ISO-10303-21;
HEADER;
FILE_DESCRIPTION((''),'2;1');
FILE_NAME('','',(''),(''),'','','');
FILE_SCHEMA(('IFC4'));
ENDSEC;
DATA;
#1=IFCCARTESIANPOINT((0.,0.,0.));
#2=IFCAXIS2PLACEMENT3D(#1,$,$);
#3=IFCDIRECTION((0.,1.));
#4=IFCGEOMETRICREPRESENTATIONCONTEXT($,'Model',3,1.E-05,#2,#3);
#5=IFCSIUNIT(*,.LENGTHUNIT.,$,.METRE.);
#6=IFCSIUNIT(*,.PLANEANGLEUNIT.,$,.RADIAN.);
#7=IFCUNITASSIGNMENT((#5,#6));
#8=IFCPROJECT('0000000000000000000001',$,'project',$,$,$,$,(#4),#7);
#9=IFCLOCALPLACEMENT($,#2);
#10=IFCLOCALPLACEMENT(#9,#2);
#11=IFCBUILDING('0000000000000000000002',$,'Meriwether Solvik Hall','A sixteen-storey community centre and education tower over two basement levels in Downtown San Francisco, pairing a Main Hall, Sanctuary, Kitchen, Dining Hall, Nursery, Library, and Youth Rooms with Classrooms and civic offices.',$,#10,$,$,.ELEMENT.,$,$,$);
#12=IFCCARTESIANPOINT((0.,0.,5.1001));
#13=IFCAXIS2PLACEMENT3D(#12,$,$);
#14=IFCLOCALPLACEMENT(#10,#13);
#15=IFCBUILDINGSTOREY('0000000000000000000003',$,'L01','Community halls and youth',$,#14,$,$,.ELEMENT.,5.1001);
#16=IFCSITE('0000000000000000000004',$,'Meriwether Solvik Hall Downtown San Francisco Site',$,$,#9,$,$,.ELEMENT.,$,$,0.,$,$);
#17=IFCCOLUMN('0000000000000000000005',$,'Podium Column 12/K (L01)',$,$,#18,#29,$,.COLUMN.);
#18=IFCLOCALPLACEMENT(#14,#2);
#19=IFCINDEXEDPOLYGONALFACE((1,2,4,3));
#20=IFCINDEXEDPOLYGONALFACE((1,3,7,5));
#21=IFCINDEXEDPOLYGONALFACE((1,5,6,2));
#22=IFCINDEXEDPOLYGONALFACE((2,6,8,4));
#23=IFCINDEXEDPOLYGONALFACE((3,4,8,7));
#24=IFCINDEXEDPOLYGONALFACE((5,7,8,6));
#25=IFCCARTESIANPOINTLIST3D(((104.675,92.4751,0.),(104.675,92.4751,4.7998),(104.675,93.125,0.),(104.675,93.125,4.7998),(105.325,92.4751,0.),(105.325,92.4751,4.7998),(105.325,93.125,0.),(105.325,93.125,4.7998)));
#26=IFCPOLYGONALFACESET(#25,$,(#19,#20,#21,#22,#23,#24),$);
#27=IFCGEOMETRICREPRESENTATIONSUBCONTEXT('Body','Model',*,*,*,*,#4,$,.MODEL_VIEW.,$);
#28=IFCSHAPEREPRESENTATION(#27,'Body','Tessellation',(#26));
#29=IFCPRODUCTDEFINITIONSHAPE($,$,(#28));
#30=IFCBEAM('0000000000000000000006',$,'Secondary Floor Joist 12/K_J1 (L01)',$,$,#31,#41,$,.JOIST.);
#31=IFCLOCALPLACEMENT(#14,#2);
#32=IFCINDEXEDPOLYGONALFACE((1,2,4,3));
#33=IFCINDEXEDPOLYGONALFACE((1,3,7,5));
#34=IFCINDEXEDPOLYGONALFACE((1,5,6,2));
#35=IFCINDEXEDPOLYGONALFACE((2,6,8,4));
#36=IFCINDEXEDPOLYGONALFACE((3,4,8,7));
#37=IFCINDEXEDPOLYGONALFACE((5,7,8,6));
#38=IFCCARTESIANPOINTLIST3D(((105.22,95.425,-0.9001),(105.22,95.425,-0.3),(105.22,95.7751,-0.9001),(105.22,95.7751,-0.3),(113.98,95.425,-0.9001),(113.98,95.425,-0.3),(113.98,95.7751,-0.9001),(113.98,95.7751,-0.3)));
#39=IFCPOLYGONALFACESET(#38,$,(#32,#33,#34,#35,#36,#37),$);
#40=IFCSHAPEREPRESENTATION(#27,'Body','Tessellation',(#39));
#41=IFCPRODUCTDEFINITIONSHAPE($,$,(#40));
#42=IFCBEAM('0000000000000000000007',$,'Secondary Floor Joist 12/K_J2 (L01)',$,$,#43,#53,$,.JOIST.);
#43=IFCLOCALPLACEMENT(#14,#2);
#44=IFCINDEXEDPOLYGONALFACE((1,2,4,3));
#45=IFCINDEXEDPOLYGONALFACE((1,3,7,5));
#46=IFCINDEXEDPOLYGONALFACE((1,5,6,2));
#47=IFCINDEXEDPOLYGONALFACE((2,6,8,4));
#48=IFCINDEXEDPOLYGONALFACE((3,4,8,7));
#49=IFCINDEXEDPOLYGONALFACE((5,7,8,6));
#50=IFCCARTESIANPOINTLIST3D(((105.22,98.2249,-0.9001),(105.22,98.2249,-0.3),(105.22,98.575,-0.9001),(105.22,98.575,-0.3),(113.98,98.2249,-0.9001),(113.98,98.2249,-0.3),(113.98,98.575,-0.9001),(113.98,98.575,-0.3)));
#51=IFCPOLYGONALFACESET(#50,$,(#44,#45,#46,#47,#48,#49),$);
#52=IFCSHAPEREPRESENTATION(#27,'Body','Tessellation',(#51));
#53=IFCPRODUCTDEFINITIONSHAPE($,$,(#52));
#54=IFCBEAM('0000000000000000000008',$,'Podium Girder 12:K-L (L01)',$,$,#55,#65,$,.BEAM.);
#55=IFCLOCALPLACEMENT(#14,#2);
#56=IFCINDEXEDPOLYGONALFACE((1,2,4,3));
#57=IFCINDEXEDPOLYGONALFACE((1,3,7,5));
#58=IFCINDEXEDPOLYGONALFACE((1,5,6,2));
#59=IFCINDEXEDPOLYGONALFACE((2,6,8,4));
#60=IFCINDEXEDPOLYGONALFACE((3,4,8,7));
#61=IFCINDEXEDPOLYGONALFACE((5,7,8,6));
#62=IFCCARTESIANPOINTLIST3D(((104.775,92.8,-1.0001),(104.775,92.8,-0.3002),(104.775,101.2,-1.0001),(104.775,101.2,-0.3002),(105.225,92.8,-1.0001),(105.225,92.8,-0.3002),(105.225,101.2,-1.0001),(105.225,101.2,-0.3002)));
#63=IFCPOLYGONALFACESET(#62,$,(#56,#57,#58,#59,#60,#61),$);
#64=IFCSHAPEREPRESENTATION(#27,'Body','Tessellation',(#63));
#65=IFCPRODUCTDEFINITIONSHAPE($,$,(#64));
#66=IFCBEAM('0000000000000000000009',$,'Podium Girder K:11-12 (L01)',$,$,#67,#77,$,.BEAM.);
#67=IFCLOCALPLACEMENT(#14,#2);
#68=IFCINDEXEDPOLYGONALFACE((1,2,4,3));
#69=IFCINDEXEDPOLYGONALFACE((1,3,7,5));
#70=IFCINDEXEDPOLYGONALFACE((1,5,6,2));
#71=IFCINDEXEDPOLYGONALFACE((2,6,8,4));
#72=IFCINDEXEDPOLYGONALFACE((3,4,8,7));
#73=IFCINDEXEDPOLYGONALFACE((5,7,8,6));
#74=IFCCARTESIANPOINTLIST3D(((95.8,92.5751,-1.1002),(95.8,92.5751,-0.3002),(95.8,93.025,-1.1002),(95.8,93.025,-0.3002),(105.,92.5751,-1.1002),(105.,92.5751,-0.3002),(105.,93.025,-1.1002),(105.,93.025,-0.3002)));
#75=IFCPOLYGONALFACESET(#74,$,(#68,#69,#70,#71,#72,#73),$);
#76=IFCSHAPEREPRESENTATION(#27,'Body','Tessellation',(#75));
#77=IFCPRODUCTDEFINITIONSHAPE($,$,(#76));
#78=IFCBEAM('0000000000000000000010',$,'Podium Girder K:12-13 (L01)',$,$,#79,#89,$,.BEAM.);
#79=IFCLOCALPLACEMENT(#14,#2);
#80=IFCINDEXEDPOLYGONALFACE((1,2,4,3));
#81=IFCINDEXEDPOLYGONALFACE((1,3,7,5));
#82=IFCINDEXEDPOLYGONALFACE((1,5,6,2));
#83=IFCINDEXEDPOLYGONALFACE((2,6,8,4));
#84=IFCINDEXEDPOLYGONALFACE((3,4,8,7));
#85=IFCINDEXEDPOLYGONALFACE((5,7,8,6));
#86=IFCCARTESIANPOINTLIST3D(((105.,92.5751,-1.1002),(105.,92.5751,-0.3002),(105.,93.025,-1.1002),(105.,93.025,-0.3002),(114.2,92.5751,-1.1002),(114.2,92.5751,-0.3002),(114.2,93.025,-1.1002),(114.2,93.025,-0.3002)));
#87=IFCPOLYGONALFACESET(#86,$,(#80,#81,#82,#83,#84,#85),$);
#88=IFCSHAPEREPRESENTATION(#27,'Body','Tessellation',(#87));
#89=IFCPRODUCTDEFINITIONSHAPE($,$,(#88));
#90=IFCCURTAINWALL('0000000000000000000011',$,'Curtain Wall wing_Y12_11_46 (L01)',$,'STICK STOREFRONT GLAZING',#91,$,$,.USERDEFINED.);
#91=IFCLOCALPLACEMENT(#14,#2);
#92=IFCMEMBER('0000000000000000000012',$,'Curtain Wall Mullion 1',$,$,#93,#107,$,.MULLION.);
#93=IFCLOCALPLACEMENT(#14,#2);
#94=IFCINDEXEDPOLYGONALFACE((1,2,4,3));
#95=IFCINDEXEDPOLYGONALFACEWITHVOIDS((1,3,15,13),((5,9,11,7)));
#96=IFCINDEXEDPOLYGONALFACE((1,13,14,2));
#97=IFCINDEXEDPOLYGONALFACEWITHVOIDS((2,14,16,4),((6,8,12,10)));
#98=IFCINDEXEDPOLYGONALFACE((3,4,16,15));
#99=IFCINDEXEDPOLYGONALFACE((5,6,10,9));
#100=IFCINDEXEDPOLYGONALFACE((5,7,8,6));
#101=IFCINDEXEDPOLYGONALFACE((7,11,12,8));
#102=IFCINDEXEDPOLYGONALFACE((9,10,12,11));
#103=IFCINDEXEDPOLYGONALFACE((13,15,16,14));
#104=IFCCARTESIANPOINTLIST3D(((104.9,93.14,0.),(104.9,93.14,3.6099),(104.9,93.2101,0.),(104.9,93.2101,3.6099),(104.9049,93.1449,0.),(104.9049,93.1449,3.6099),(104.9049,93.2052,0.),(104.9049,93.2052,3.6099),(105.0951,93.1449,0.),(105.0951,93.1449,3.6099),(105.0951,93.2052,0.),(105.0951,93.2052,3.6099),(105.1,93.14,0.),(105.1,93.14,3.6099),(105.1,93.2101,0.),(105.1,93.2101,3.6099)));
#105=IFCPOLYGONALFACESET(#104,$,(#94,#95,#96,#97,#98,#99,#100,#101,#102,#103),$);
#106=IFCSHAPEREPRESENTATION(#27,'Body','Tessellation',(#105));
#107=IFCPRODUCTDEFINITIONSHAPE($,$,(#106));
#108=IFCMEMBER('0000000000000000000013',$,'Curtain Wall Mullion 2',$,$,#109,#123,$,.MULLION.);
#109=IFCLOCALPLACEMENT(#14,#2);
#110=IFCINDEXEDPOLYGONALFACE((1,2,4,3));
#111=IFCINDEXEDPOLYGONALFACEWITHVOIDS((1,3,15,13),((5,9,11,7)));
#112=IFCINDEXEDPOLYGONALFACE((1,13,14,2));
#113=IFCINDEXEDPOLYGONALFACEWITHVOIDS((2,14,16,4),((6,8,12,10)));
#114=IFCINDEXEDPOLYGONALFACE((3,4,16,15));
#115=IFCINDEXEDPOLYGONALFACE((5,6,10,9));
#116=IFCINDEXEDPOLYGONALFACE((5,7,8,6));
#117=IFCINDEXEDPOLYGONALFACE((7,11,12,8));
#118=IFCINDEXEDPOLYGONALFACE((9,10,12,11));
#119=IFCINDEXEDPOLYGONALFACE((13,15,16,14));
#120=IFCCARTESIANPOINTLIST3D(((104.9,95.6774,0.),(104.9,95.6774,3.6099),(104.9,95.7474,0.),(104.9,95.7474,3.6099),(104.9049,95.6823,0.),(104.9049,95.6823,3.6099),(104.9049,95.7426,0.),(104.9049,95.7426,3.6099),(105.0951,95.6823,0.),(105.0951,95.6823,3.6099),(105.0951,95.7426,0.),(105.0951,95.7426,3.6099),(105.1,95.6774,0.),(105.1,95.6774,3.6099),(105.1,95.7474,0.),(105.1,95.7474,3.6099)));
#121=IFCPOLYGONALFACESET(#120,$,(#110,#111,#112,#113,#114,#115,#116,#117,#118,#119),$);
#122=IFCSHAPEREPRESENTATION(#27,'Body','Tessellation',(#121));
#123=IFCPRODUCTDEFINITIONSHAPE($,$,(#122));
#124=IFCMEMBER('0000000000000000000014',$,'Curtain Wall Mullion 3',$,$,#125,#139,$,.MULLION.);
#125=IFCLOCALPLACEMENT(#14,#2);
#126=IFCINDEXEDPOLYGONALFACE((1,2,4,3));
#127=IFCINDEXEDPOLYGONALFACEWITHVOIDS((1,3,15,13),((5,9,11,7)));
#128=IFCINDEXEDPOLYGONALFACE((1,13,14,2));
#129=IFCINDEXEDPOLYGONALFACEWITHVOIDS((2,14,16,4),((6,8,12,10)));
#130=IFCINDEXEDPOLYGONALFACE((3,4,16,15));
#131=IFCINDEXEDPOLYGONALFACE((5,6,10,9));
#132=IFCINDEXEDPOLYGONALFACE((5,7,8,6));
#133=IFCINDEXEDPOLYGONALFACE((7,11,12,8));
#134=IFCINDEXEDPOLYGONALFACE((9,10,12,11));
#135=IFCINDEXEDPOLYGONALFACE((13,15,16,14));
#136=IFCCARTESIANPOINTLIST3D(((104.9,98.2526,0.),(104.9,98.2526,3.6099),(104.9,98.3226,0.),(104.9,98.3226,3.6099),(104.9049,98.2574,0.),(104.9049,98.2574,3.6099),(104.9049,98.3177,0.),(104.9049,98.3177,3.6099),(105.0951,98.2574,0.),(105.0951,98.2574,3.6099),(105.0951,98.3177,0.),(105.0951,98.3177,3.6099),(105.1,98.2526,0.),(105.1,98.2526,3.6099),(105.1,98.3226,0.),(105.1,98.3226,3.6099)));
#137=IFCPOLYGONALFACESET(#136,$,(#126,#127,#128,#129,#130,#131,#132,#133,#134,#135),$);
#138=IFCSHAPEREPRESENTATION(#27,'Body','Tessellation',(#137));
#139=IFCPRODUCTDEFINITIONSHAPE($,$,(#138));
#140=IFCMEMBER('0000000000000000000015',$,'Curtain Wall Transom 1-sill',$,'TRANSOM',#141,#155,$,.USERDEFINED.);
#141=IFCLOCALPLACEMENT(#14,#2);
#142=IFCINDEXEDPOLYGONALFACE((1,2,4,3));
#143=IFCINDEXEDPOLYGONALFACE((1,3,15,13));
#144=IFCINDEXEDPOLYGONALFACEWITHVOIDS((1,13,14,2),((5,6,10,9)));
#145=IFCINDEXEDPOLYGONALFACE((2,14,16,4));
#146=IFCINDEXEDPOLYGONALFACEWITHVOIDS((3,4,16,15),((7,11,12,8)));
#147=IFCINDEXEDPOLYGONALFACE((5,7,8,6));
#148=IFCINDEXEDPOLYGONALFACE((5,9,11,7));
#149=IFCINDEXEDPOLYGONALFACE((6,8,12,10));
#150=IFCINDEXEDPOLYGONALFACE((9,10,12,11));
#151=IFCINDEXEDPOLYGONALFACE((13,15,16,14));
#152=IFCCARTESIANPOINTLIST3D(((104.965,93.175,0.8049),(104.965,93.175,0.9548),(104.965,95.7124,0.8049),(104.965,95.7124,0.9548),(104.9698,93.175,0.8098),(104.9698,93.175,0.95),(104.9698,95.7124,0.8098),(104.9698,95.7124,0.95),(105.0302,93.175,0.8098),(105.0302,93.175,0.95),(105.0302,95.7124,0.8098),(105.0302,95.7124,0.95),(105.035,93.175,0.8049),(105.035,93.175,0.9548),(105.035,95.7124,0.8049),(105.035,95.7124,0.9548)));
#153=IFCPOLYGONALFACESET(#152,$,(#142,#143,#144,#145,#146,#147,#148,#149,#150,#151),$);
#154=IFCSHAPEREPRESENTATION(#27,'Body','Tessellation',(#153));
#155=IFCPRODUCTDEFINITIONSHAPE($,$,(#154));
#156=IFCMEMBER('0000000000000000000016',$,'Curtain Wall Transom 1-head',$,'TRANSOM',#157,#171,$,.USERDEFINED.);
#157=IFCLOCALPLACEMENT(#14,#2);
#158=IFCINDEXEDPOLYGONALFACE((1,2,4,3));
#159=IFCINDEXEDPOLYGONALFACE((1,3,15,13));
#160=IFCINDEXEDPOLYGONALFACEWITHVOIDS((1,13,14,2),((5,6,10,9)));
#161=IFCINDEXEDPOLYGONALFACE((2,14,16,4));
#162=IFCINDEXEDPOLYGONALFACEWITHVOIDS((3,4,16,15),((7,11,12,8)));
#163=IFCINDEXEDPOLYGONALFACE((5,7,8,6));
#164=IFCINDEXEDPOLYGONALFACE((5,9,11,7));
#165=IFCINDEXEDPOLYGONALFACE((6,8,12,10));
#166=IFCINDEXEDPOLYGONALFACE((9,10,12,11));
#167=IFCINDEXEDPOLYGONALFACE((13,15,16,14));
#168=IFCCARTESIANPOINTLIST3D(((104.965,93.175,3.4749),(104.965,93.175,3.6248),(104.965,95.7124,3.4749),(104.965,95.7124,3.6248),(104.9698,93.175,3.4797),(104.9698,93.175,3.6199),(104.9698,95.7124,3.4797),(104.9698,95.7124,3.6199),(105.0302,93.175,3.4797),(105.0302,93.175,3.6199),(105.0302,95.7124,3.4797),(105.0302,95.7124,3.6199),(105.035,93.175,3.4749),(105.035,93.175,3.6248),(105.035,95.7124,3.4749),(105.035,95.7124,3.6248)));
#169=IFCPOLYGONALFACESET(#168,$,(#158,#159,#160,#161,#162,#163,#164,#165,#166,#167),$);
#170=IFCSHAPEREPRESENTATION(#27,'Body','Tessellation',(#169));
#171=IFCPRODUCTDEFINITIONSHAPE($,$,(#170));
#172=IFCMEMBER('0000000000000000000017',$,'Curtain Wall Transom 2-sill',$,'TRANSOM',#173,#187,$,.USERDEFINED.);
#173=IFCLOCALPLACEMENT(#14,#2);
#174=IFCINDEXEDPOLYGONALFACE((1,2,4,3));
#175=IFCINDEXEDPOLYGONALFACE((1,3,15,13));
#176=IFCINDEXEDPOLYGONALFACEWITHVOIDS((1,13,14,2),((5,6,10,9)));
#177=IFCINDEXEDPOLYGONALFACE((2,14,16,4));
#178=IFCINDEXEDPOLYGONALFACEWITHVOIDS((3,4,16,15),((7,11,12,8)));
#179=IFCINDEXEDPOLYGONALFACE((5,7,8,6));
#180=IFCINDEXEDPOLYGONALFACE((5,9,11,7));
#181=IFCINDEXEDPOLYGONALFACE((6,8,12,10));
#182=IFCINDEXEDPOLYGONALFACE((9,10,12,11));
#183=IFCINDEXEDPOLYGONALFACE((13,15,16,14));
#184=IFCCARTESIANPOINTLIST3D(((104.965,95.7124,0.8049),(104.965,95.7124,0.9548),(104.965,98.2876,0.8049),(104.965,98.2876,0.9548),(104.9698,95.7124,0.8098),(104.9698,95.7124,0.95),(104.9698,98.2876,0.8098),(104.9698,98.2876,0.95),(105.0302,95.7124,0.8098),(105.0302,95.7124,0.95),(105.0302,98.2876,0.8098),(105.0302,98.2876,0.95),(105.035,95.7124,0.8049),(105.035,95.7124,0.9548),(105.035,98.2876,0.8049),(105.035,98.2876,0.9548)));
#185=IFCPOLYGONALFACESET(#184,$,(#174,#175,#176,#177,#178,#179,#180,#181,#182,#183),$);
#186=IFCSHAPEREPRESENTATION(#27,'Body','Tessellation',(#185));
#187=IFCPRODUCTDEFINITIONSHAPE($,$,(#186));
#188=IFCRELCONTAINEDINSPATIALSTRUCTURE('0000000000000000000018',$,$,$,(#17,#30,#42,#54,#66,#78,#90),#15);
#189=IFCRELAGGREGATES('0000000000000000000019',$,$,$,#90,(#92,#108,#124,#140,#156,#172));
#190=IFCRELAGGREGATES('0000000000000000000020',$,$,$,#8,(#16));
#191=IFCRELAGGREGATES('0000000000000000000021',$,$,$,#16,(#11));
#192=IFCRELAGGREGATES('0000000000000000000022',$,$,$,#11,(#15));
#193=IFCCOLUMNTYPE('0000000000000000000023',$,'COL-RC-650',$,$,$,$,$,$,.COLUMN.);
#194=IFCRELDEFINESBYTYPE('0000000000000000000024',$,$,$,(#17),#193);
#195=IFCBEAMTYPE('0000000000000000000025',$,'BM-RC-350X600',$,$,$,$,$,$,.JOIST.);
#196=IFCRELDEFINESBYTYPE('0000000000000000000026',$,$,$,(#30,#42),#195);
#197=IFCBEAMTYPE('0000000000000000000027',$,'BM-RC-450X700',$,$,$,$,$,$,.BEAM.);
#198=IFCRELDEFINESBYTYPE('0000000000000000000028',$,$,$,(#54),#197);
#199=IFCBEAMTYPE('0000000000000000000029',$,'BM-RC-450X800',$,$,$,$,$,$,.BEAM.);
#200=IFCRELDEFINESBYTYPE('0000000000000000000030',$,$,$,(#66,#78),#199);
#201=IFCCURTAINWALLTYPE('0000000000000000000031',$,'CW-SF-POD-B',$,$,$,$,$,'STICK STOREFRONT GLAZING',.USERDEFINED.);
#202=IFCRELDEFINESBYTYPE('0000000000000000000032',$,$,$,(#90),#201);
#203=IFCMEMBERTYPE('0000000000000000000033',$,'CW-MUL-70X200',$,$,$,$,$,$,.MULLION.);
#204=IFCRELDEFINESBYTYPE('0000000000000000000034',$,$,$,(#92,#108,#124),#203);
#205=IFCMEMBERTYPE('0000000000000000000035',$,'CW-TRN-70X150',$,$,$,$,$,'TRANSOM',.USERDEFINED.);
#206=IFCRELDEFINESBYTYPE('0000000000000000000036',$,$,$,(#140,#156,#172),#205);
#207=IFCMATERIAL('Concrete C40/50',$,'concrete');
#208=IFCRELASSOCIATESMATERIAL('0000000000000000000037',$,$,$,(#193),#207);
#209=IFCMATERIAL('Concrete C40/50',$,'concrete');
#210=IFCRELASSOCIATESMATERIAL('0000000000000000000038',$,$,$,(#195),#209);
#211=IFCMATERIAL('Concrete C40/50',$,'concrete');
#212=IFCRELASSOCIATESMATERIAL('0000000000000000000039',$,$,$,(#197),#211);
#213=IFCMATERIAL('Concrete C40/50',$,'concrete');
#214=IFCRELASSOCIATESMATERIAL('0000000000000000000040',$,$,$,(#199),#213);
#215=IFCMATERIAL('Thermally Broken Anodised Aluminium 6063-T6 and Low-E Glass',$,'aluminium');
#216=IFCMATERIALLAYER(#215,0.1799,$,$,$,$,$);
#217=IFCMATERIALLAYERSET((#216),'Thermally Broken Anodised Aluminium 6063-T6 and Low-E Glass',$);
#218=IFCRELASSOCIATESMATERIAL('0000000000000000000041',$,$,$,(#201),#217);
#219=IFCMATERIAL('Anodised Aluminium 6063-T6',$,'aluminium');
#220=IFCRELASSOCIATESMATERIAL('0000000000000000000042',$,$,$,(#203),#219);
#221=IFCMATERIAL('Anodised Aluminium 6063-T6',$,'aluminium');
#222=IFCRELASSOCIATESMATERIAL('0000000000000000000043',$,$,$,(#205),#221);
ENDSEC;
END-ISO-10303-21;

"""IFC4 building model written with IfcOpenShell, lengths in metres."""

from ifc_helpers import new_model, si_unit, direction, frame, origin, origin_2d, place, context, subcontext, project, spatial, rectangle, hollow_rectangle, extrude, material, layer, layer_set, material_profile, profile_set, type_object, element, aggregate, save


model = new_model("IFC4")

# Units and contexts
model_context = context("Model", 3, precision=1e-05, world=origin(), true_north=direction((0.0, 1.0)))
body_context = subcontext(model_context, "Body", "Model", "MODEL_VIEW")
ifc_project = project(units=[si_unit("LENGTHUNIT", "METRE"), si_unit("PLANEANGLEUNIT", "RADIAN")], contexts=[model_context])

# Site, building, storey
site_placement = place(None, origin())
site = spatial("IfcSite", under=ifc_project, at=site_placement, Name="Meriwether Solvik Hall Downtown San Francisco Site", CompositionType="ELEMENT", RefElevation=0.0)
building_placement = place(site_placement, origin())
building = spatial("IfcBuilding", under=site, at=building_placement, Name="Meriwether Solvik Hall", Description="A sixteen-storey community centre and education tower over two basement levels in Downtown San Francisco, pairing a Main Hall, Sanctuary, Kitchen, Dining Hall, Nursery, Library, and Youth Rooms with Classrooms and civic offices.", CompositionType="ELEMENT")
storey_placement = place(building_placement, frame((0.0, 0.0, 5.1001)))
storey = spatial("IfcBuildingStorey", under=building, at=storey_placement, Name="L01", Description="Community halls and youth", CompositionType="ELEMENT", Elevation=5.1001)

# Column
ifc_material_1 = material(Name="Concrete C40/50", Category="concrete")
ifc_material_profile_1 = material_profile(ifc_material_1, rectangle(XDim=0.6499, YDim=0.6499, at=origin_2d()), Name="RCC-650X650")
ifc_profile_set_1 = profile_set([ifc_material_profile_1], Name="Concrete C40/50")
column_type = type_object("IfcColumnType", Name="COL-RC-650", PredefinedType="COLUMN", material=ifc_profile_set_1)
column_placement = place(storey_placement, frame((105.0, 92.8, 0.0), z_axis=(0.0, 0.0, 1.0), x_axis=(1.0, 0.0, 0.0)))
element("IfcColumn", 1, at=column_placement, inside=storey, type_object=column_type, Name="Podium Column 12/K (L01)", PredefinedType="COLUMN", context=body_context, shape_type="SweptSolid", body=[
    extrude(rectangle(XDim=0.6499, YDim=0.6499, at=origin_2d()), origin(), (0.0, 0.0, 1.0), 4.7998),
])

# Beams
ifc_material_2 = material(Name="Concrete C40/50", Category="concrete")
ifc_material_profile_2 = material_profile(ifc_material_2, rectangle(XDim=0.3501, YDim=0.6001, at=origin_2d()), Name="RCB-350X600")
ifc_profile_set_2 = profile_set([ifc_material_profile_2], Name="Concrete C40/50")
beam_type_1 = type_object("IfcBeamType", Name="BM-RC-350X600", PredefinedType="JOIST", material=ifc_profile_set_2)
for number, where, z_axis, x_axis, name in (
    (2, (105.22, 95.6001, -0.6001), (1.0, 0.0, 0.0), (0.0, 1.0, 0.0), "Secondary Floor Joist 12/K_J1 (L01)"),
    (3, (105.22, 98.3999, -0.6001), (1.0, 0.0, 0.0), (0.0, 1.0, 0.0), "Secondary Floor Joist 12/K_J2 (L01)"),
):
    element("IfcBeam", number, at=place(storey_placement, frame(where, z_axis=z_axis, x_axis=x_axis)), inside=storey, type_object=beam_type_1, Name=name, PredefinedType="JOIST", context=body_context, shape_type="SweptSolid", body=[
        extrude(rectangle(XDim=0.3501, YDim=0.6001, at=origin_2d()), origin(), (0.0, 0.0, 1.0), 8.76),
    ])
ifc_material_3 = material(Name="Concrete C40/50", Category="concrete")
ifc_material_profile_3 = material_profile(ifc_material_3, rectangle(XDim=0.45, YDim=0.7, at=origin_2d()), Name="RCB-450X700")
ifc_profile_set_3 = profile_set([ifc_material_profile_3], Name="Concrete C40/50")
beam_type_2 = type_object("IfcBeamType", Name="BM-RC-450X700", PredefinedType="BEAM", material=ifc_profile_set_3)
beam_placement = place(storey_placement, frame((105.0, 92.8, -0.6501), z_axis=(0.0, 1.0, 0.0), x_axis=(-1.0, 0.0, 0.0)))
element("IfcBeam", 4, at=beam_placement, inside=storey, type_object=beam_type_2, Name="Podium Girder 12:K-L (L01)", PredefinedType="BEAM", context=body_context, shape_type="SweptSolid", body=[
    extrude(rectangle(XDim=0.45, YDim=0.7, at=origin_2d()), origin(), (0.0, 0.0, 1.0), 8.3999),
])
ifc_material_4 = material(Name="Concrete C40/50", Category="concrete")
ifc_material_profile_4 = material_profile(ifc_material_4, rectangle(XDim=0.45, YDim=0.8, at=origin_2d()), Name="RCB-450X800")
ifc_profile_set_4 = profile_set([ifc_material_profile_4], Name="Concrete C40/50")
beam_type_3 = type_object("IfcBeamType", Name="BM-RC-450X800", PredefinedType="BEAM", material=ifc_profile_set_4)
for number, where, z_axis, x_axis, name in (
    (5, (95.8, 92.8, -0.7002), (1.0, 0.0, 0.0), (0.0, 1.0, 0.0), "Podium Girder K:11-12 (L01)"),
    (6, (105.0, 92.8, -0.7002), (1.0, 0.0, 0.0), (0.0, 1.0, 0.0), "Podium Girder K:12-13 (L01)"),
):
    element("IfcBeam", number, at=place(storey_placement, frame(where, z_axis=z_axis, x_axis=x_axis)), inside=storey, type_object=beam_type_3, Name=name, PredefinedType="BEAM", context=body_context, shape_type="SweptSolid", body=[
        extrude(rectangle(XDim=0.45, YDim=0.8, at=origin_2d()), origin(), (0.0, 0.0, 1.0), 9.2),
    ])

# Curtain wall, members
ifc_material_5 = material(Name="Thermally Broken Anodised Aluminium 6063-T6 and Low-E Glass", Category="aluminium")
ifc_layer_1 = layer(ifc_material_5, 0.1799)
ifc_layer_set_1 = layer_set([ifc_layer_1], Name="Thermally Broken Anodised Aluminium 6063-T6 and Low-E Glass")
curtain_wall_type = type_object("IfcCurtainWallType", Name="CW-SF-POD-B", ElementType="STICK STOREFRONT GLAZING", PredefinedType="USERDEFINED", material=ifc_layer_set_1)
curtain_wall_placement = place(storey_placement, origin())
curtain_wall = element("IfcCurtainWall", 7, at=curtain_wall_placement, inside=storey, type_object=curtain_wall_type, Name="Curtain Wall wing_Y12_11_46 (L01)", ObjectType="STICK STOREFRONT GLAZING", PredefinedType="USERDEFINED")
ifc_material_6 = material(Name="Anodised Aluminium 6063-T6", Category="aluminium")
ifc_material_profile_5 = material_profile(ifc_material_6, hollow_rectangle(XDim=0.0701, YDim=0.2, WallThickness=0.0049, at=origin_2d()), Name="CWM-70X200")
ifc_profile_set_5 = profile_set([ifc_material_profile_5], Name="Anodised Aluminium 6063-T6")
member_type_1 = type_object("IfcMemberType", Name="CW-MUL-70X200", PredefinedType="MULLION", material=ifc_profile_set_5)
member_1_placement = place(storey_placement, frame((105.0, 93.175, 0.0), z_axis=(0.0, 0.0, 1.0), x_axis=(0.0, 1.0, 0.0)))
member_1 = element("IfcMember", 8, at=member_1_placement, type_object=member_type_1, Name="Curtain Wall Mullion 1", PredefinedType="MULLION", context=body_context, shape_type="SweptSolid", body=[
    extrude(hollow_rectangle(XDim=0.0701, YDim=0.2, WallThickness=0.0049, at=origin_2d()), origin(), (0.0, 0.0, 1.0), 3.6099),
])
member_2_placement = place(storey_placement, frame((105.0, 95.7124, 0.0), z_axis=(0.0, 0.0, 1.0), x_axis=(0.0, 1.0, 0.0)))
member_2 = element("IfcMember", 9, at=member_2_placement, type_object=member_type_1, Name="Curtain Wall Mullion 2", PredefinedType="MULLION", context=body_context, shape_type="SweptSolid", body=[
    extrude(hollow_rectangle(XDim=0.0701, YDim=0.2, WallThickness=0.0049, at=origin_2d()), origin(), (0.0, 0.0, 1.0), 3.6099),
])
member_3_placement = place(storey_placement, frame((105.0, 98.2876, 0.0), z_axis=(0.0, 0.0, 1.0), x_axis=(0.0, 1.0, 0.0)))
member_3 = element("IfcMember", 10, at=member_3_placement, type_object=member_type_1, Name="Curtain Wall Mullion 3", PredefinedType="MULLION", context=body_context, shape_type="SweptSolid", body=[
    extrude(hollow_rectangle(XDim=0.0701, YDim=0.2, WallThickness=0.0049, at=origin_2d()), origin(), (0.0, 0.0, 1.0), 3.6099),
])
ifc_material_7 = material(Name="Anodised Aluminium 6063-T6", Category="aluminium")
ifc_material_profile_6 = material_profile(ifc_material_7, hollow_rectangle(XDim=0.0701, YDim=0.1499, WallThickness=0.0049, at=origin_2d()), Name="CWT-70X150")
ifc_profile_set_6 = profile_set([ifc_material_profile_6], Name="Anodised Aluminium 6063-T6")
member_type_2 = type_object("IfcMemberType", Name="CW-TRN-70X150", ElementType="TRANSOM", PredefinedType="USERDEFINED", material=ifc_profile_set_6)
member_4_placement = place(storey_placement, frame((105.0, 93.175, 0.8799), z_axis=(0.0, 1.0, 0.0), x_axis=(-1.0, 0.0, 0.0)))
member_4 = element("IfcMember", 11, at=member_4_placement, type_object=member_type_2, Name="Curtain Wall Transom 1-sill", ObjectType="TRANSOM", PredefinedType="USERDEFINED", context=body_context, shape_type="SweptSolid", body=[
    extrude(hollow_rectangle(XDim=0.0701, YDim=0.1499, WallThickness=0.0049, at=origin_2d()), origin(), (0.0, 0.0, 1.0), 2.5374),
])
member_5_placement = place(storey_placement, frame((105.0, 93.175, 3.5498), z_axis=(0.0, 1.0, 0.0), x_axis=(-1.0, 0.0, 0.0)))
member_5 = element("IfcMember", 12, at=member_5_placement, type_object=member_type_2, Name="Curtain Wall Transom 1-head", ObjectType="TRANSOM", PredefinedType="USERDEFINED", context=body_context, shape_type="SweptSolid", body=[
    extrude(hollow_rectangle(XDim=0.0701, YDim=0.1499, WallThickness=0.0049, at=origin_2d()), origin(), (0.0, 0.0, 1.0), 2.5374),
])
member_6_placement = place(storey_placement, frame((105.0, 95.7124, 0.8799), z_axis=(0.0, 1.0, 0.0), x_axis=(-1.0, 0.0, 0.0)))
member_6 = element("IfcMember", 13, at=member_6_placement, type_object=member_type_2, Name="Curtain Wall Transom 2-sill", ObjectType="TRANSOM", PredefinedType="USERDEFINED", context=body_context, shape_type="SweptSolid", body=[
    extrude(hollow_rectangle(XDim=0.0701, YDim=0.1499, WallThickness=0.0049, at=origin_2d()), origin(), (0.0, 0.0, 1.0), 2.5752),
])
aggregate(curtain_wall, [member_1, member_2, member_3, member_4, member_5, member_6])

save(model, "model.ifc")
